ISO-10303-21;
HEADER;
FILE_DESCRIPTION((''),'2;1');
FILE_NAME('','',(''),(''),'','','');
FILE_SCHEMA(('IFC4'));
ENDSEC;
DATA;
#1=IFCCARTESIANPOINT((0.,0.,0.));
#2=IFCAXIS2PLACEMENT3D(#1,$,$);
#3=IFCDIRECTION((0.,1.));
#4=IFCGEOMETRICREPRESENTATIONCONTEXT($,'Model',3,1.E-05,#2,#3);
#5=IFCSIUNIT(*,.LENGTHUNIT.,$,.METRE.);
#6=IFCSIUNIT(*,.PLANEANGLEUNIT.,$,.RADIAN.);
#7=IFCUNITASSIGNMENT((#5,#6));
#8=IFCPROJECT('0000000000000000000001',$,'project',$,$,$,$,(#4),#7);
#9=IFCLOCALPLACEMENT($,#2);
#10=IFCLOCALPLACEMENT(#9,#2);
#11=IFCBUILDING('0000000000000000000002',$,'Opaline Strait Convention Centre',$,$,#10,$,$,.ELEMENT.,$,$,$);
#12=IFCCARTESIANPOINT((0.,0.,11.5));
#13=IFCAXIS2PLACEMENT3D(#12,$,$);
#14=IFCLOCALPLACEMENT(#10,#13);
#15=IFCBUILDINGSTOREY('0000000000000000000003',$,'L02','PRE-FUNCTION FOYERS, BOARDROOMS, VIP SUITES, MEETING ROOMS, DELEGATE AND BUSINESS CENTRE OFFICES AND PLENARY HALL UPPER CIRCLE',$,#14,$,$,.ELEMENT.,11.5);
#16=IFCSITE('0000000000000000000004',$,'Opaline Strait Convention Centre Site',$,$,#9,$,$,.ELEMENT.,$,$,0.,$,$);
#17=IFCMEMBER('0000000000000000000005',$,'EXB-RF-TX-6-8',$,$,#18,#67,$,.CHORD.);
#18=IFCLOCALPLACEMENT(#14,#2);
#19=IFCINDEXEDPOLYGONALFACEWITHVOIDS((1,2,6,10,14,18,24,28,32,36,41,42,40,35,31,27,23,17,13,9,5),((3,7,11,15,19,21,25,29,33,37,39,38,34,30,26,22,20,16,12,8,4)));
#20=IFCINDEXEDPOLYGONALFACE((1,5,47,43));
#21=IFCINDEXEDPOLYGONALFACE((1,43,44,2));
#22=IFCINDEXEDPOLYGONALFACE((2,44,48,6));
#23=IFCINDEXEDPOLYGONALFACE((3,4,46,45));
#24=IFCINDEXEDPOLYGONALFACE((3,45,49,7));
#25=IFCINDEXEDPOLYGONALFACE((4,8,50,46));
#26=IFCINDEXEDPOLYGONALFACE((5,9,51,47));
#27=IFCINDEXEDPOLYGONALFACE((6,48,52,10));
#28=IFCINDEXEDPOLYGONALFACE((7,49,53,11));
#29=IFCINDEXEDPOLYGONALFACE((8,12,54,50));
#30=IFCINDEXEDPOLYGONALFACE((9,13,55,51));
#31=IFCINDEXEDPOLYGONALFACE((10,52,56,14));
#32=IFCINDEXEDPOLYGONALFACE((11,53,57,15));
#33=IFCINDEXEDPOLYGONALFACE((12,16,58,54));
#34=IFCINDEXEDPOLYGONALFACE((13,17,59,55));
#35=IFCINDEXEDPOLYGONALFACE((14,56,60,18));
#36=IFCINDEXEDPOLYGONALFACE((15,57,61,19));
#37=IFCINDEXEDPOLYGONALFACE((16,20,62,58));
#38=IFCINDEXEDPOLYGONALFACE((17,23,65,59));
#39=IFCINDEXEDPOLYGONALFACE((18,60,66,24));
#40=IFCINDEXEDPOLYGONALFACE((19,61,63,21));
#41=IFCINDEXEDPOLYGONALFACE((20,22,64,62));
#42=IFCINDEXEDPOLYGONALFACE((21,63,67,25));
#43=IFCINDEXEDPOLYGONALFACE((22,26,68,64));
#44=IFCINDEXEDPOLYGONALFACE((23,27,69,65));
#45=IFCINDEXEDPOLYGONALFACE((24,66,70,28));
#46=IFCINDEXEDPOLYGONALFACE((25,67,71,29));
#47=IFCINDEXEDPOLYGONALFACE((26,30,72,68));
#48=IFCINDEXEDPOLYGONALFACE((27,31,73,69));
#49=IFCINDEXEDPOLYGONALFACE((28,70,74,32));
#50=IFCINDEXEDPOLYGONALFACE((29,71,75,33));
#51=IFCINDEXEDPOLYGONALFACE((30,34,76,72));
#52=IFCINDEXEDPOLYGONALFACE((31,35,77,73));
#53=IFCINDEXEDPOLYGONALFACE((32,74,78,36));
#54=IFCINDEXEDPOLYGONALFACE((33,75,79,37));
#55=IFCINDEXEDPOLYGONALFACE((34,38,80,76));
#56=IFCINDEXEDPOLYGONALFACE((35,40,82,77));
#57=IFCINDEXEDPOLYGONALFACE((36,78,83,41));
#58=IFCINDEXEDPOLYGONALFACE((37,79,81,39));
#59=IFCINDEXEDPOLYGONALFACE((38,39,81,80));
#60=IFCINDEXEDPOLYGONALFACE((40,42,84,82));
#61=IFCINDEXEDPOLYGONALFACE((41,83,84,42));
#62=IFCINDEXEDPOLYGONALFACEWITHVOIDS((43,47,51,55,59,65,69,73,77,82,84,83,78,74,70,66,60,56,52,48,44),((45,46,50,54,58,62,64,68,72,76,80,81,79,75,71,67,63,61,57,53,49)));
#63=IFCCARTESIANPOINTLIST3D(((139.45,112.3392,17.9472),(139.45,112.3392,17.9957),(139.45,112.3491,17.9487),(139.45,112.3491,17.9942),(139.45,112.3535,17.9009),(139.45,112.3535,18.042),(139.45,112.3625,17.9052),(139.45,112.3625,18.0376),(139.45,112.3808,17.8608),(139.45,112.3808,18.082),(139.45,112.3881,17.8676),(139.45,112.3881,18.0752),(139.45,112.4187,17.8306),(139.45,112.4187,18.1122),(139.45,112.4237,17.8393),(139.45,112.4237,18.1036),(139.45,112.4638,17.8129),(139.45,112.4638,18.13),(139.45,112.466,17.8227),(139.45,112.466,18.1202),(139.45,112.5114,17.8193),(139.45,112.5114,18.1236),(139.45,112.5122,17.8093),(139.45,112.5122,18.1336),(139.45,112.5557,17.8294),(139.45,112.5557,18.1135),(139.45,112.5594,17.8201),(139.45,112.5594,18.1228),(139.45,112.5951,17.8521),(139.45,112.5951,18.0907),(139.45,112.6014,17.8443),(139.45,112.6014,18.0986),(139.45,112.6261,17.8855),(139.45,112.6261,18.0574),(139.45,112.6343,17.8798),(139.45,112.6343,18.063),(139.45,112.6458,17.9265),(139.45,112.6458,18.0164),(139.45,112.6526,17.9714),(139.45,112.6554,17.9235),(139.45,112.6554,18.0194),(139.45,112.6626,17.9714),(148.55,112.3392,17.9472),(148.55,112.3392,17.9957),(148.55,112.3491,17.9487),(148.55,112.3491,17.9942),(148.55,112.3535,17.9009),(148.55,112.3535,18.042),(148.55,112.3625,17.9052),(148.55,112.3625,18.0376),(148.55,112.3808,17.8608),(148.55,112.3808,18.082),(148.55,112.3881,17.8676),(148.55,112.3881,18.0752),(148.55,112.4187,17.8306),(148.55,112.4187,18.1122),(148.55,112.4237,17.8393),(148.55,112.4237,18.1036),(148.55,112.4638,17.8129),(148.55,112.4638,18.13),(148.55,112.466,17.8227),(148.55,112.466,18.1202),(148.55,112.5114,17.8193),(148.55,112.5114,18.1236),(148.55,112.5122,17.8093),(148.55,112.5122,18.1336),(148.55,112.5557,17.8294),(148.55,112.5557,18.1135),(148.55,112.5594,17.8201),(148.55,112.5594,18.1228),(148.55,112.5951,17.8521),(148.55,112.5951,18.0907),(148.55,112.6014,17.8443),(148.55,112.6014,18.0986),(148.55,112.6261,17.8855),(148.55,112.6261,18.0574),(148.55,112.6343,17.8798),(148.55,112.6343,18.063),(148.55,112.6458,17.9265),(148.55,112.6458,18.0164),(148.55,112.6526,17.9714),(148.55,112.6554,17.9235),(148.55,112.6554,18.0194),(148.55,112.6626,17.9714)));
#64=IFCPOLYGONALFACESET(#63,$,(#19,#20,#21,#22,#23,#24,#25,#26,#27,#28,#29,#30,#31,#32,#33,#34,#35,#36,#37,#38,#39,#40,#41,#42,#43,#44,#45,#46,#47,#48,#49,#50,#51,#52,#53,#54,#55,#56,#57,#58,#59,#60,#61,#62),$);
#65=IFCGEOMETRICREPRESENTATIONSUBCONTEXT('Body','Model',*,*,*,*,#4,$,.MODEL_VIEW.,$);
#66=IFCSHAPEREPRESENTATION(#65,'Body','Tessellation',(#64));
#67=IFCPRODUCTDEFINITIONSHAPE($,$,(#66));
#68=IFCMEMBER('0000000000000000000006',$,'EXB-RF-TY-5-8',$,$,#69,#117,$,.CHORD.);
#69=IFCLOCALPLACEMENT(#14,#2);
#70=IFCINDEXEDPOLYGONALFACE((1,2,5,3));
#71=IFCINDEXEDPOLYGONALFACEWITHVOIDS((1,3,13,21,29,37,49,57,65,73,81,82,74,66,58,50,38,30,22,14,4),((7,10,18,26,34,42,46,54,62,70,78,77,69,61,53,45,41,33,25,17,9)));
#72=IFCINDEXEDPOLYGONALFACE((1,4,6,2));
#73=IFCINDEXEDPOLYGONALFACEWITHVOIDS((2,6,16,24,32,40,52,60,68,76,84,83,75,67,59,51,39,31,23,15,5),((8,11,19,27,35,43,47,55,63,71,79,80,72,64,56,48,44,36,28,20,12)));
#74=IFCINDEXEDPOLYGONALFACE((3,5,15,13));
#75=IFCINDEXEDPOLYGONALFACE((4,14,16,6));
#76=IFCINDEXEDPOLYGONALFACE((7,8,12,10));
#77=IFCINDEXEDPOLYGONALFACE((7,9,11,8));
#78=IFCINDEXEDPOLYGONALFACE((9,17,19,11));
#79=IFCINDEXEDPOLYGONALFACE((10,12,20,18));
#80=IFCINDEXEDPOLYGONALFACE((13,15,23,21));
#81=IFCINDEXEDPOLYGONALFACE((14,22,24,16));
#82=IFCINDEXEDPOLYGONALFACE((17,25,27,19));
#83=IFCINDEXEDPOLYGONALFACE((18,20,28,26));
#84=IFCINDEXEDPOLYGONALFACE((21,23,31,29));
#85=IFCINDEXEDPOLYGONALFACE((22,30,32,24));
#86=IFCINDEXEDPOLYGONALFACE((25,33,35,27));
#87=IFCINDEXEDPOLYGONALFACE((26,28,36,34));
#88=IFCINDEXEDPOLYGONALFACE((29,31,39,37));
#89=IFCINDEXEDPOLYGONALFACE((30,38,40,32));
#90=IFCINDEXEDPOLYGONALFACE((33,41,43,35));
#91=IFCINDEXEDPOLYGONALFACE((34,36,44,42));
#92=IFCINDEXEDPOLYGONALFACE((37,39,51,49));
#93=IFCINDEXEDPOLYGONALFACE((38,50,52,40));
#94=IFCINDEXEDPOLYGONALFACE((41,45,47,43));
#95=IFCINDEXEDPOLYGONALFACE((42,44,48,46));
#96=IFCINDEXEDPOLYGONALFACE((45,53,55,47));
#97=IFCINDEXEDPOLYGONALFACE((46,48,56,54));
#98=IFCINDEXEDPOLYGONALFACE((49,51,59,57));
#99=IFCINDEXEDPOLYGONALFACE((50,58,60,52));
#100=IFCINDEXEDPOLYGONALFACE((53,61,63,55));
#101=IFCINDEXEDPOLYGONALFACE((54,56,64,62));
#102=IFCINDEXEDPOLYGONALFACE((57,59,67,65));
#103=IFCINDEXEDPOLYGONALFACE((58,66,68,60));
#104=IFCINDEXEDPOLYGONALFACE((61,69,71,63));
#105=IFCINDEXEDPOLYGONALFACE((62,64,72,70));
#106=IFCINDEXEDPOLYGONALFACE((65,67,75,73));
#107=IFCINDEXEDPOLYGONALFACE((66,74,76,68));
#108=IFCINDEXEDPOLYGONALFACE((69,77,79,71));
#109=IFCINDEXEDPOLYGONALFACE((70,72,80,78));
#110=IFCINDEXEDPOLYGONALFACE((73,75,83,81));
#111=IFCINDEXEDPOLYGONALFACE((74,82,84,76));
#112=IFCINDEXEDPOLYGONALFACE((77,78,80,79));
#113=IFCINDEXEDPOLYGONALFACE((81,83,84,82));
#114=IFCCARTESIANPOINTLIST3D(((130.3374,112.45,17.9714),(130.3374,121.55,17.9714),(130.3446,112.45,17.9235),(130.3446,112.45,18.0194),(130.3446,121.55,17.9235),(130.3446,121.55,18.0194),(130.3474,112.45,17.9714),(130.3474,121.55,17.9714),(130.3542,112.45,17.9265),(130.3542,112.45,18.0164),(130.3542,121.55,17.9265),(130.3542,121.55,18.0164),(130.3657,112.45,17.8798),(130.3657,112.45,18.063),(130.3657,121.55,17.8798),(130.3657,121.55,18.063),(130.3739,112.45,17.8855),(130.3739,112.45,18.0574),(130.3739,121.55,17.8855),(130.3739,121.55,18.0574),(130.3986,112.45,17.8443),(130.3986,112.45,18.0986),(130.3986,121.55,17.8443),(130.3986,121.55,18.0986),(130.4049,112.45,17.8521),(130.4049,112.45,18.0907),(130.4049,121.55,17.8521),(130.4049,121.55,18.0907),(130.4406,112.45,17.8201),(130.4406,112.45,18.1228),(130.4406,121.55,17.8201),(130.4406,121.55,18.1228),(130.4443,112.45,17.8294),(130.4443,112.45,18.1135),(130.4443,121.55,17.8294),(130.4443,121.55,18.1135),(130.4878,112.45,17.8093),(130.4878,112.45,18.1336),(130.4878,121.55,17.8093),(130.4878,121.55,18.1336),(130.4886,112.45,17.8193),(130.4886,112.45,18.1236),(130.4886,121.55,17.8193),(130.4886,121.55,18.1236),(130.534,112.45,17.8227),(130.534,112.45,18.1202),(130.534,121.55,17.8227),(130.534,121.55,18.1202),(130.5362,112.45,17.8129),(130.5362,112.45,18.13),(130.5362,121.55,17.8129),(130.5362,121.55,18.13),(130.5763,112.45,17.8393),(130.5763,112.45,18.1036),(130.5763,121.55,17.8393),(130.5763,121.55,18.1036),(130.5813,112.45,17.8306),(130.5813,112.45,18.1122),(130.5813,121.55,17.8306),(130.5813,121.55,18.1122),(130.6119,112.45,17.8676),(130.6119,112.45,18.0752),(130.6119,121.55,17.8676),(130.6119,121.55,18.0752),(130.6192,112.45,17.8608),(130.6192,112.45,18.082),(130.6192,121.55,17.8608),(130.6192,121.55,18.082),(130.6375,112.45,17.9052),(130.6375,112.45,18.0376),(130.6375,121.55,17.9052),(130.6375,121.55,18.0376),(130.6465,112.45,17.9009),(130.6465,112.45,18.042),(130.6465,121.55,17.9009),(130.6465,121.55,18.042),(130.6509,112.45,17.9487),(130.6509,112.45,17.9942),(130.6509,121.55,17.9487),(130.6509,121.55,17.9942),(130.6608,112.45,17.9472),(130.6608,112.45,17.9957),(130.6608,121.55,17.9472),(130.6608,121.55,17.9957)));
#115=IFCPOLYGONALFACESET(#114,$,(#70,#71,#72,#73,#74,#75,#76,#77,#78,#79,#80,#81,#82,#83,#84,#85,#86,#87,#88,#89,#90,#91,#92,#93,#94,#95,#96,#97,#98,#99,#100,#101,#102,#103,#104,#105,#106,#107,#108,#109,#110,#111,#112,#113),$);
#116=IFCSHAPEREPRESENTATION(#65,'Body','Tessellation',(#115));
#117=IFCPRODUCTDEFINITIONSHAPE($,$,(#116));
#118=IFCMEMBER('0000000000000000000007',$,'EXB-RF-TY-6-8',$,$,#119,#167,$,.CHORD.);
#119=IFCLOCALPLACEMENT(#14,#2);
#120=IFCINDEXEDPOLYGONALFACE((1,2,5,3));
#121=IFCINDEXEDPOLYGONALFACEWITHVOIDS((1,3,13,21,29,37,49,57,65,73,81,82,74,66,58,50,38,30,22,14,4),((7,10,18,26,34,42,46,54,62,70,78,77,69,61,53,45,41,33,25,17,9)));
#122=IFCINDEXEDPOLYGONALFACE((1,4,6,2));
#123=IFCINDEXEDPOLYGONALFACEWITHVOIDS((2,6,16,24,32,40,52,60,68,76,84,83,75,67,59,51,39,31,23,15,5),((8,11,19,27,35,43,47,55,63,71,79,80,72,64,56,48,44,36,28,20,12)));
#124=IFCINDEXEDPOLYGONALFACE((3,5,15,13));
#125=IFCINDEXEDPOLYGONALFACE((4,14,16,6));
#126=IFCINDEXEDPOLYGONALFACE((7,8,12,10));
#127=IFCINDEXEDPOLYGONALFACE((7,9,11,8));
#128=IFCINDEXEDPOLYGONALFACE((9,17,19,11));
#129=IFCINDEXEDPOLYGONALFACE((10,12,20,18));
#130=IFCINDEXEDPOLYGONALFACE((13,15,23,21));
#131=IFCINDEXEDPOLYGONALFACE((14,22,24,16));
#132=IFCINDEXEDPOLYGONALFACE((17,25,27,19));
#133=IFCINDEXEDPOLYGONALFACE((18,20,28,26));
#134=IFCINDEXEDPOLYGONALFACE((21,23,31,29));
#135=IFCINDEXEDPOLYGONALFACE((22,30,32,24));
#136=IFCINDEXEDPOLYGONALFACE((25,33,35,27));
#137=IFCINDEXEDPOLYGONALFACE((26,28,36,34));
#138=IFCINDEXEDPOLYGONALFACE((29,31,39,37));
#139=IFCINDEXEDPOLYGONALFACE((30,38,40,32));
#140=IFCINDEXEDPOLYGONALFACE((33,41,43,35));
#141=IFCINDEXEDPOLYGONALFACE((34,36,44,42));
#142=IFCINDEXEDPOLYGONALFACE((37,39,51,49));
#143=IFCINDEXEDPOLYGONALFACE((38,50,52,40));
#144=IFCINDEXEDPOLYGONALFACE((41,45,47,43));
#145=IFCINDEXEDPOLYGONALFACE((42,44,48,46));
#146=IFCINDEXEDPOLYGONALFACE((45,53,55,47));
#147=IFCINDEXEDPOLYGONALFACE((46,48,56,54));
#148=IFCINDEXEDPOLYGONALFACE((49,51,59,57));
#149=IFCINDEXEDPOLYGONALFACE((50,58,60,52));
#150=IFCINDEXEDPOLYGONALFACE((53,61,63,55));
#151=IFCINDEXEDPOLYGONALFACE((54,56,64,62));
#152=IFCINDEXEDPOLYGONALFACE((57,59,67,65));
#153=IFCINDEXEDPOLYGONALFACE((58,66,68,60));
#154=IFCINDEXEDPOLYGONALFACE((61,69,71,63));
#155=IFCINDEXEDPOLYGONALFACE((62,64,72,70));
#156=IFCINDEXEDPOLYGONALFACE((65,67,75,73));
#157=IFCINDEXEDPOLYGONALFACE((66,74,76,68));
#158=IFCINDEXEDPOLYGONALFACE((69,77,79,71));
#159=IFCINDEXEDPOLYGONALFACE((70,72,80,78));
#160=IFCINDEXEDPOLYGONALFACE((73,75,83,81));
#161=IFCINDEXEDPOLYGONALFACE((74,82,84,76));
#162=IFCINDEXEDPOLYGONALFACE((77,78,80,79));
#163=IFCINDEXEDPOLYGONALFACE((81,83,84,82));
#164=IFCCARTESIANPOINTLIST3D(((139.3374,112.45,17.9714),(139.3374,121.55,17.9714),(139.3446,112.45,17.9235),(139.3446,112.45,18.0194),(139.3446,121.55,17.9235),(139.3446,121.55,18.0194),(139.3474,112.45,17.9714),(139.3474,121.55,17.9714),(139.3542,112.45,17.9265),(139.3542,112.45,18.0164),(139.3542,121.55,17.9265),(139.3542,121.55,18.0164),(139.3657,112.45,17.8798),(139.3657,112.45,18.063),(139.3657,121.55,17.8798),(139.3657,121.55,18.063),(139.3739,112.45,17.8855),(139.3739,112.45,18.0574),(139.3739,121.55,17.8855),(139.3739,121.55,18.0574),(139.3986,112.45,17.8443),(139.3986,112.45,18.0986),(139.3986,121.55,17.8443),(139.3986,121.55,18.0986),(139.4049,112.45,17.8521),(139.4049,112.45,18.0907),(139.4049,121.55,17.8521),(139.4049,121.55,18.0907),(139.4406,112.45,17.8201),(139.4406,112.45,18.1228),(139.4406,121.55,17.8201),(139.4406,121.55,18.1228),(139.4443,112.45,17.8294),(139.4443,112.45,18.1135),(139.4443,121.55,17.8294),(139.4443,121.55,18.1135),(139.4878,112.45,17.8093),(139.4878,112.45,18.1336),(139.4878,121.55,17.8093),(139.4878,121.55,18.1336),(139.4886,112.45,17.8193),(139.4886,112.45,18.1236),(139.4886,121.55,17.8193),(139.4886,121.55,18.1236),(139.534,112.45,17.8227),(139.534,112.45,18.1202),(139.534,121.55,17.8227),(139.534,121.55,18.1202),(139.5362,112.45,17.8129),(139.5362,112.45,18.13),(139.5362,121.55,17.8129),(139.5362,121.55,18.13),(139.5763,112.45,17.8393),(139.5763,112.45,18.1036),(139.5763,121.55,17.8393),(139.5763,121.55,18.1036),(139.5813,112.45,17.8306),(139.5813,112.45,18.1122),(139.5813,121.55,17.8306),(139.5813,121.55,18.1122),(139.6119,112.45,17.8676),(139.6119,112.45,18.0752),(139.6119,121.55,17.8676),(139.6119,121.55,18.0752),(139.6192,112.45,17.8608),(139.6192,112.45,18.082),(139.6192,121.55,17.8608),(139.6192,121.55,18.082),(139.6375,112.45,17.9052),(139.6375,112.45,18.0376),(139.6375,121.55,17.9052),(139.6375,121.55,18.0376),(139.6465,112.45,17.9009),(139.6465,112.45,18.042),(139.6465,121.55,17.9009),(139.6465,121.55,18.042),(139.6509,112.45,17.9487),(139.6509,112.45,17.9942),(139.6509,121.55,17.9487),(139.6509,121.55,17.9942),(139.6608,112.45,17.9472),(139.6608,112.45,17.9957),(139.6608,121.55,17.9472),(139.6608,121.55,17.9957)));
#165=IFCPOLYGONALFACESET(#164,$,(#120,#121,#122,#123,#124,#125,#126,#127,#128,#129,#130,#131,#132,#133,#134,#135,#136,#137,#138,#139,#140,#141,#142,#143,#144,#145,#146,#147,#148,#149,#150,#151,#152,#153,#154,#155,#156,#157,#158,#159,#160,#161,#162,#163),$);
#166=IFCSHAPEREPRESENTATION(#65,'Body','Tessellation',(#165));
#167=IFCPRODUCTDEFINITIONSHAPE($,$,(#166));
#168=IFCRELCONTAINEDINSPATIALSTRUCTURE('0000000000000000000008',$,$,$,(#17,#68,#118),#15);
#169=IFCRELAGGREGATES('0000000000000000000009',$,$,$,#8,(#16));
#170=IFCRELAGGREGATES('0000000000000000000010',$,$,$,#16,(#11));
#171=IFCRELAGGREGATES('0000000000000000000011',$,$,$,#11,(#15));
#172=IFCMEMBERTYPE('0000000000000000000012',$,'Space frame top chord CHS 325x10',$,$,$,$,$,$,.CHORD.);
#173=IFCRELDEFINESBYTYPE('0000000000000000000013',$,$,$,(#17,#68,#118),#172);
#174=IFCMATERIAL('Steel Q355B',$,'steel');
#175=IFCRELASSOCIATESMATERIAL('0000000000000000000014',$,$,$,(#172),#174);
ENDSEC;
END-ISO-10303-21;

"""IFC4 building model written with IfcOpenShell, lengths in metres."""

from ifc_helpers import new_model, si_unit, direction, frame, origin, origin_2d, place, context, subcontext, project, spatial, hollow_circle, extrude, material, material_profile, profile_set, type_object, element, save


model = new_model("IFC4")

# Units and contexts
model_context = context("Model", 3, precision=1e-05, world=origin(), true_north=direction((0.0, 1.0)))
body_context = subcontext(model_context, "Body", "Model", "MODEL_VIEW")
ifc_project = project(units=[si_unit("LENGTHUNIT", "METRE"), si_unit("PLANEANGLEUNIT", "RADIAN")], contexts=[model_context])

# Site, building, storey
site_placement = place(None, origin())
site = spatial("IfcSite", under=ifc_project, at=site_placement, Name="Opaline Strait Convention Centre Site", CompositionType="ELEMENT", RefElevation=0.0)
building_placement = place(site_placement, origin())
building = spatial("IfcBuilding", under=site, at=building_placement, Name="Opaline Strait Convention Centre", CompositionType="ELEMENT")
storey_placement = place(building_placement, frame((0.0, 0.0, 11.5)))
storey = spatial("IfcBuildingStorey", under=building, at=storey_placement, Name="L02", Description="PRE-FUNCTION FOYERS, BOARDROOMS, VIP SUITES, MEETING ROOMS, DELEGATE AND BUSINESS CENTRE OFFICES AND PLENARY HALL UPPER CIRCLE", CompositionType="ELEMENT", Elevation=11.5)

# Members
ifc_material = material(Name="Steel Q355B", Category="steel")
ifc_material_profile_1 = material_profile(ifc_material, hollow_circle(Radius=0.1626, WallThickness=0.01, at=origin_2d()), Name="CHS 325x10")
ifc_profile_set_1 = profile_set([ifc_material_profile_1], Name="Steel Q355B")
member_type_1 = type_object("IfcMemberType", Name="Space frame top chord CHS 325x10", PredefinedType="CHORD", material=ifc_profile_set_1)
for number, where, z_axis, x_axis, name in (
    (1, (139.45, 112.5, 17.9714), (1.0, 0.0, 0.0), (0.0, 1.0, 0.0), "EXB-RF-TX-6-8"),
    (2, (130.5, 112.45, 17.9714), (0.0, 1.0, 0.0), (-1.0, 0.0, 0.0), "EXB-RF-TY-5-8"),
    (3, (139.5, 112.45, 17.9714), (0.0, 1.0, 0.0), (-1.0, 0.0, 0.0), "EXB-RF-TY-6-8"),
):
    element("IfcMember", number, at=place(storey_placement, frame(where, z_axis=z_axis, x_axis=x_axis)), inside=storey, type_object=member_type_1, Name=name, PredefinedType="CHORD", context=body_context, shape_type="SweptSolid", body=[
        extrude(hollow_circle(Radius=0.1626, WallThickness=0.01, at=origin_2d()), origin(), (0.0, 0.0, 1.0), 9.1001),
    ])

save(model, "model.ifc")
